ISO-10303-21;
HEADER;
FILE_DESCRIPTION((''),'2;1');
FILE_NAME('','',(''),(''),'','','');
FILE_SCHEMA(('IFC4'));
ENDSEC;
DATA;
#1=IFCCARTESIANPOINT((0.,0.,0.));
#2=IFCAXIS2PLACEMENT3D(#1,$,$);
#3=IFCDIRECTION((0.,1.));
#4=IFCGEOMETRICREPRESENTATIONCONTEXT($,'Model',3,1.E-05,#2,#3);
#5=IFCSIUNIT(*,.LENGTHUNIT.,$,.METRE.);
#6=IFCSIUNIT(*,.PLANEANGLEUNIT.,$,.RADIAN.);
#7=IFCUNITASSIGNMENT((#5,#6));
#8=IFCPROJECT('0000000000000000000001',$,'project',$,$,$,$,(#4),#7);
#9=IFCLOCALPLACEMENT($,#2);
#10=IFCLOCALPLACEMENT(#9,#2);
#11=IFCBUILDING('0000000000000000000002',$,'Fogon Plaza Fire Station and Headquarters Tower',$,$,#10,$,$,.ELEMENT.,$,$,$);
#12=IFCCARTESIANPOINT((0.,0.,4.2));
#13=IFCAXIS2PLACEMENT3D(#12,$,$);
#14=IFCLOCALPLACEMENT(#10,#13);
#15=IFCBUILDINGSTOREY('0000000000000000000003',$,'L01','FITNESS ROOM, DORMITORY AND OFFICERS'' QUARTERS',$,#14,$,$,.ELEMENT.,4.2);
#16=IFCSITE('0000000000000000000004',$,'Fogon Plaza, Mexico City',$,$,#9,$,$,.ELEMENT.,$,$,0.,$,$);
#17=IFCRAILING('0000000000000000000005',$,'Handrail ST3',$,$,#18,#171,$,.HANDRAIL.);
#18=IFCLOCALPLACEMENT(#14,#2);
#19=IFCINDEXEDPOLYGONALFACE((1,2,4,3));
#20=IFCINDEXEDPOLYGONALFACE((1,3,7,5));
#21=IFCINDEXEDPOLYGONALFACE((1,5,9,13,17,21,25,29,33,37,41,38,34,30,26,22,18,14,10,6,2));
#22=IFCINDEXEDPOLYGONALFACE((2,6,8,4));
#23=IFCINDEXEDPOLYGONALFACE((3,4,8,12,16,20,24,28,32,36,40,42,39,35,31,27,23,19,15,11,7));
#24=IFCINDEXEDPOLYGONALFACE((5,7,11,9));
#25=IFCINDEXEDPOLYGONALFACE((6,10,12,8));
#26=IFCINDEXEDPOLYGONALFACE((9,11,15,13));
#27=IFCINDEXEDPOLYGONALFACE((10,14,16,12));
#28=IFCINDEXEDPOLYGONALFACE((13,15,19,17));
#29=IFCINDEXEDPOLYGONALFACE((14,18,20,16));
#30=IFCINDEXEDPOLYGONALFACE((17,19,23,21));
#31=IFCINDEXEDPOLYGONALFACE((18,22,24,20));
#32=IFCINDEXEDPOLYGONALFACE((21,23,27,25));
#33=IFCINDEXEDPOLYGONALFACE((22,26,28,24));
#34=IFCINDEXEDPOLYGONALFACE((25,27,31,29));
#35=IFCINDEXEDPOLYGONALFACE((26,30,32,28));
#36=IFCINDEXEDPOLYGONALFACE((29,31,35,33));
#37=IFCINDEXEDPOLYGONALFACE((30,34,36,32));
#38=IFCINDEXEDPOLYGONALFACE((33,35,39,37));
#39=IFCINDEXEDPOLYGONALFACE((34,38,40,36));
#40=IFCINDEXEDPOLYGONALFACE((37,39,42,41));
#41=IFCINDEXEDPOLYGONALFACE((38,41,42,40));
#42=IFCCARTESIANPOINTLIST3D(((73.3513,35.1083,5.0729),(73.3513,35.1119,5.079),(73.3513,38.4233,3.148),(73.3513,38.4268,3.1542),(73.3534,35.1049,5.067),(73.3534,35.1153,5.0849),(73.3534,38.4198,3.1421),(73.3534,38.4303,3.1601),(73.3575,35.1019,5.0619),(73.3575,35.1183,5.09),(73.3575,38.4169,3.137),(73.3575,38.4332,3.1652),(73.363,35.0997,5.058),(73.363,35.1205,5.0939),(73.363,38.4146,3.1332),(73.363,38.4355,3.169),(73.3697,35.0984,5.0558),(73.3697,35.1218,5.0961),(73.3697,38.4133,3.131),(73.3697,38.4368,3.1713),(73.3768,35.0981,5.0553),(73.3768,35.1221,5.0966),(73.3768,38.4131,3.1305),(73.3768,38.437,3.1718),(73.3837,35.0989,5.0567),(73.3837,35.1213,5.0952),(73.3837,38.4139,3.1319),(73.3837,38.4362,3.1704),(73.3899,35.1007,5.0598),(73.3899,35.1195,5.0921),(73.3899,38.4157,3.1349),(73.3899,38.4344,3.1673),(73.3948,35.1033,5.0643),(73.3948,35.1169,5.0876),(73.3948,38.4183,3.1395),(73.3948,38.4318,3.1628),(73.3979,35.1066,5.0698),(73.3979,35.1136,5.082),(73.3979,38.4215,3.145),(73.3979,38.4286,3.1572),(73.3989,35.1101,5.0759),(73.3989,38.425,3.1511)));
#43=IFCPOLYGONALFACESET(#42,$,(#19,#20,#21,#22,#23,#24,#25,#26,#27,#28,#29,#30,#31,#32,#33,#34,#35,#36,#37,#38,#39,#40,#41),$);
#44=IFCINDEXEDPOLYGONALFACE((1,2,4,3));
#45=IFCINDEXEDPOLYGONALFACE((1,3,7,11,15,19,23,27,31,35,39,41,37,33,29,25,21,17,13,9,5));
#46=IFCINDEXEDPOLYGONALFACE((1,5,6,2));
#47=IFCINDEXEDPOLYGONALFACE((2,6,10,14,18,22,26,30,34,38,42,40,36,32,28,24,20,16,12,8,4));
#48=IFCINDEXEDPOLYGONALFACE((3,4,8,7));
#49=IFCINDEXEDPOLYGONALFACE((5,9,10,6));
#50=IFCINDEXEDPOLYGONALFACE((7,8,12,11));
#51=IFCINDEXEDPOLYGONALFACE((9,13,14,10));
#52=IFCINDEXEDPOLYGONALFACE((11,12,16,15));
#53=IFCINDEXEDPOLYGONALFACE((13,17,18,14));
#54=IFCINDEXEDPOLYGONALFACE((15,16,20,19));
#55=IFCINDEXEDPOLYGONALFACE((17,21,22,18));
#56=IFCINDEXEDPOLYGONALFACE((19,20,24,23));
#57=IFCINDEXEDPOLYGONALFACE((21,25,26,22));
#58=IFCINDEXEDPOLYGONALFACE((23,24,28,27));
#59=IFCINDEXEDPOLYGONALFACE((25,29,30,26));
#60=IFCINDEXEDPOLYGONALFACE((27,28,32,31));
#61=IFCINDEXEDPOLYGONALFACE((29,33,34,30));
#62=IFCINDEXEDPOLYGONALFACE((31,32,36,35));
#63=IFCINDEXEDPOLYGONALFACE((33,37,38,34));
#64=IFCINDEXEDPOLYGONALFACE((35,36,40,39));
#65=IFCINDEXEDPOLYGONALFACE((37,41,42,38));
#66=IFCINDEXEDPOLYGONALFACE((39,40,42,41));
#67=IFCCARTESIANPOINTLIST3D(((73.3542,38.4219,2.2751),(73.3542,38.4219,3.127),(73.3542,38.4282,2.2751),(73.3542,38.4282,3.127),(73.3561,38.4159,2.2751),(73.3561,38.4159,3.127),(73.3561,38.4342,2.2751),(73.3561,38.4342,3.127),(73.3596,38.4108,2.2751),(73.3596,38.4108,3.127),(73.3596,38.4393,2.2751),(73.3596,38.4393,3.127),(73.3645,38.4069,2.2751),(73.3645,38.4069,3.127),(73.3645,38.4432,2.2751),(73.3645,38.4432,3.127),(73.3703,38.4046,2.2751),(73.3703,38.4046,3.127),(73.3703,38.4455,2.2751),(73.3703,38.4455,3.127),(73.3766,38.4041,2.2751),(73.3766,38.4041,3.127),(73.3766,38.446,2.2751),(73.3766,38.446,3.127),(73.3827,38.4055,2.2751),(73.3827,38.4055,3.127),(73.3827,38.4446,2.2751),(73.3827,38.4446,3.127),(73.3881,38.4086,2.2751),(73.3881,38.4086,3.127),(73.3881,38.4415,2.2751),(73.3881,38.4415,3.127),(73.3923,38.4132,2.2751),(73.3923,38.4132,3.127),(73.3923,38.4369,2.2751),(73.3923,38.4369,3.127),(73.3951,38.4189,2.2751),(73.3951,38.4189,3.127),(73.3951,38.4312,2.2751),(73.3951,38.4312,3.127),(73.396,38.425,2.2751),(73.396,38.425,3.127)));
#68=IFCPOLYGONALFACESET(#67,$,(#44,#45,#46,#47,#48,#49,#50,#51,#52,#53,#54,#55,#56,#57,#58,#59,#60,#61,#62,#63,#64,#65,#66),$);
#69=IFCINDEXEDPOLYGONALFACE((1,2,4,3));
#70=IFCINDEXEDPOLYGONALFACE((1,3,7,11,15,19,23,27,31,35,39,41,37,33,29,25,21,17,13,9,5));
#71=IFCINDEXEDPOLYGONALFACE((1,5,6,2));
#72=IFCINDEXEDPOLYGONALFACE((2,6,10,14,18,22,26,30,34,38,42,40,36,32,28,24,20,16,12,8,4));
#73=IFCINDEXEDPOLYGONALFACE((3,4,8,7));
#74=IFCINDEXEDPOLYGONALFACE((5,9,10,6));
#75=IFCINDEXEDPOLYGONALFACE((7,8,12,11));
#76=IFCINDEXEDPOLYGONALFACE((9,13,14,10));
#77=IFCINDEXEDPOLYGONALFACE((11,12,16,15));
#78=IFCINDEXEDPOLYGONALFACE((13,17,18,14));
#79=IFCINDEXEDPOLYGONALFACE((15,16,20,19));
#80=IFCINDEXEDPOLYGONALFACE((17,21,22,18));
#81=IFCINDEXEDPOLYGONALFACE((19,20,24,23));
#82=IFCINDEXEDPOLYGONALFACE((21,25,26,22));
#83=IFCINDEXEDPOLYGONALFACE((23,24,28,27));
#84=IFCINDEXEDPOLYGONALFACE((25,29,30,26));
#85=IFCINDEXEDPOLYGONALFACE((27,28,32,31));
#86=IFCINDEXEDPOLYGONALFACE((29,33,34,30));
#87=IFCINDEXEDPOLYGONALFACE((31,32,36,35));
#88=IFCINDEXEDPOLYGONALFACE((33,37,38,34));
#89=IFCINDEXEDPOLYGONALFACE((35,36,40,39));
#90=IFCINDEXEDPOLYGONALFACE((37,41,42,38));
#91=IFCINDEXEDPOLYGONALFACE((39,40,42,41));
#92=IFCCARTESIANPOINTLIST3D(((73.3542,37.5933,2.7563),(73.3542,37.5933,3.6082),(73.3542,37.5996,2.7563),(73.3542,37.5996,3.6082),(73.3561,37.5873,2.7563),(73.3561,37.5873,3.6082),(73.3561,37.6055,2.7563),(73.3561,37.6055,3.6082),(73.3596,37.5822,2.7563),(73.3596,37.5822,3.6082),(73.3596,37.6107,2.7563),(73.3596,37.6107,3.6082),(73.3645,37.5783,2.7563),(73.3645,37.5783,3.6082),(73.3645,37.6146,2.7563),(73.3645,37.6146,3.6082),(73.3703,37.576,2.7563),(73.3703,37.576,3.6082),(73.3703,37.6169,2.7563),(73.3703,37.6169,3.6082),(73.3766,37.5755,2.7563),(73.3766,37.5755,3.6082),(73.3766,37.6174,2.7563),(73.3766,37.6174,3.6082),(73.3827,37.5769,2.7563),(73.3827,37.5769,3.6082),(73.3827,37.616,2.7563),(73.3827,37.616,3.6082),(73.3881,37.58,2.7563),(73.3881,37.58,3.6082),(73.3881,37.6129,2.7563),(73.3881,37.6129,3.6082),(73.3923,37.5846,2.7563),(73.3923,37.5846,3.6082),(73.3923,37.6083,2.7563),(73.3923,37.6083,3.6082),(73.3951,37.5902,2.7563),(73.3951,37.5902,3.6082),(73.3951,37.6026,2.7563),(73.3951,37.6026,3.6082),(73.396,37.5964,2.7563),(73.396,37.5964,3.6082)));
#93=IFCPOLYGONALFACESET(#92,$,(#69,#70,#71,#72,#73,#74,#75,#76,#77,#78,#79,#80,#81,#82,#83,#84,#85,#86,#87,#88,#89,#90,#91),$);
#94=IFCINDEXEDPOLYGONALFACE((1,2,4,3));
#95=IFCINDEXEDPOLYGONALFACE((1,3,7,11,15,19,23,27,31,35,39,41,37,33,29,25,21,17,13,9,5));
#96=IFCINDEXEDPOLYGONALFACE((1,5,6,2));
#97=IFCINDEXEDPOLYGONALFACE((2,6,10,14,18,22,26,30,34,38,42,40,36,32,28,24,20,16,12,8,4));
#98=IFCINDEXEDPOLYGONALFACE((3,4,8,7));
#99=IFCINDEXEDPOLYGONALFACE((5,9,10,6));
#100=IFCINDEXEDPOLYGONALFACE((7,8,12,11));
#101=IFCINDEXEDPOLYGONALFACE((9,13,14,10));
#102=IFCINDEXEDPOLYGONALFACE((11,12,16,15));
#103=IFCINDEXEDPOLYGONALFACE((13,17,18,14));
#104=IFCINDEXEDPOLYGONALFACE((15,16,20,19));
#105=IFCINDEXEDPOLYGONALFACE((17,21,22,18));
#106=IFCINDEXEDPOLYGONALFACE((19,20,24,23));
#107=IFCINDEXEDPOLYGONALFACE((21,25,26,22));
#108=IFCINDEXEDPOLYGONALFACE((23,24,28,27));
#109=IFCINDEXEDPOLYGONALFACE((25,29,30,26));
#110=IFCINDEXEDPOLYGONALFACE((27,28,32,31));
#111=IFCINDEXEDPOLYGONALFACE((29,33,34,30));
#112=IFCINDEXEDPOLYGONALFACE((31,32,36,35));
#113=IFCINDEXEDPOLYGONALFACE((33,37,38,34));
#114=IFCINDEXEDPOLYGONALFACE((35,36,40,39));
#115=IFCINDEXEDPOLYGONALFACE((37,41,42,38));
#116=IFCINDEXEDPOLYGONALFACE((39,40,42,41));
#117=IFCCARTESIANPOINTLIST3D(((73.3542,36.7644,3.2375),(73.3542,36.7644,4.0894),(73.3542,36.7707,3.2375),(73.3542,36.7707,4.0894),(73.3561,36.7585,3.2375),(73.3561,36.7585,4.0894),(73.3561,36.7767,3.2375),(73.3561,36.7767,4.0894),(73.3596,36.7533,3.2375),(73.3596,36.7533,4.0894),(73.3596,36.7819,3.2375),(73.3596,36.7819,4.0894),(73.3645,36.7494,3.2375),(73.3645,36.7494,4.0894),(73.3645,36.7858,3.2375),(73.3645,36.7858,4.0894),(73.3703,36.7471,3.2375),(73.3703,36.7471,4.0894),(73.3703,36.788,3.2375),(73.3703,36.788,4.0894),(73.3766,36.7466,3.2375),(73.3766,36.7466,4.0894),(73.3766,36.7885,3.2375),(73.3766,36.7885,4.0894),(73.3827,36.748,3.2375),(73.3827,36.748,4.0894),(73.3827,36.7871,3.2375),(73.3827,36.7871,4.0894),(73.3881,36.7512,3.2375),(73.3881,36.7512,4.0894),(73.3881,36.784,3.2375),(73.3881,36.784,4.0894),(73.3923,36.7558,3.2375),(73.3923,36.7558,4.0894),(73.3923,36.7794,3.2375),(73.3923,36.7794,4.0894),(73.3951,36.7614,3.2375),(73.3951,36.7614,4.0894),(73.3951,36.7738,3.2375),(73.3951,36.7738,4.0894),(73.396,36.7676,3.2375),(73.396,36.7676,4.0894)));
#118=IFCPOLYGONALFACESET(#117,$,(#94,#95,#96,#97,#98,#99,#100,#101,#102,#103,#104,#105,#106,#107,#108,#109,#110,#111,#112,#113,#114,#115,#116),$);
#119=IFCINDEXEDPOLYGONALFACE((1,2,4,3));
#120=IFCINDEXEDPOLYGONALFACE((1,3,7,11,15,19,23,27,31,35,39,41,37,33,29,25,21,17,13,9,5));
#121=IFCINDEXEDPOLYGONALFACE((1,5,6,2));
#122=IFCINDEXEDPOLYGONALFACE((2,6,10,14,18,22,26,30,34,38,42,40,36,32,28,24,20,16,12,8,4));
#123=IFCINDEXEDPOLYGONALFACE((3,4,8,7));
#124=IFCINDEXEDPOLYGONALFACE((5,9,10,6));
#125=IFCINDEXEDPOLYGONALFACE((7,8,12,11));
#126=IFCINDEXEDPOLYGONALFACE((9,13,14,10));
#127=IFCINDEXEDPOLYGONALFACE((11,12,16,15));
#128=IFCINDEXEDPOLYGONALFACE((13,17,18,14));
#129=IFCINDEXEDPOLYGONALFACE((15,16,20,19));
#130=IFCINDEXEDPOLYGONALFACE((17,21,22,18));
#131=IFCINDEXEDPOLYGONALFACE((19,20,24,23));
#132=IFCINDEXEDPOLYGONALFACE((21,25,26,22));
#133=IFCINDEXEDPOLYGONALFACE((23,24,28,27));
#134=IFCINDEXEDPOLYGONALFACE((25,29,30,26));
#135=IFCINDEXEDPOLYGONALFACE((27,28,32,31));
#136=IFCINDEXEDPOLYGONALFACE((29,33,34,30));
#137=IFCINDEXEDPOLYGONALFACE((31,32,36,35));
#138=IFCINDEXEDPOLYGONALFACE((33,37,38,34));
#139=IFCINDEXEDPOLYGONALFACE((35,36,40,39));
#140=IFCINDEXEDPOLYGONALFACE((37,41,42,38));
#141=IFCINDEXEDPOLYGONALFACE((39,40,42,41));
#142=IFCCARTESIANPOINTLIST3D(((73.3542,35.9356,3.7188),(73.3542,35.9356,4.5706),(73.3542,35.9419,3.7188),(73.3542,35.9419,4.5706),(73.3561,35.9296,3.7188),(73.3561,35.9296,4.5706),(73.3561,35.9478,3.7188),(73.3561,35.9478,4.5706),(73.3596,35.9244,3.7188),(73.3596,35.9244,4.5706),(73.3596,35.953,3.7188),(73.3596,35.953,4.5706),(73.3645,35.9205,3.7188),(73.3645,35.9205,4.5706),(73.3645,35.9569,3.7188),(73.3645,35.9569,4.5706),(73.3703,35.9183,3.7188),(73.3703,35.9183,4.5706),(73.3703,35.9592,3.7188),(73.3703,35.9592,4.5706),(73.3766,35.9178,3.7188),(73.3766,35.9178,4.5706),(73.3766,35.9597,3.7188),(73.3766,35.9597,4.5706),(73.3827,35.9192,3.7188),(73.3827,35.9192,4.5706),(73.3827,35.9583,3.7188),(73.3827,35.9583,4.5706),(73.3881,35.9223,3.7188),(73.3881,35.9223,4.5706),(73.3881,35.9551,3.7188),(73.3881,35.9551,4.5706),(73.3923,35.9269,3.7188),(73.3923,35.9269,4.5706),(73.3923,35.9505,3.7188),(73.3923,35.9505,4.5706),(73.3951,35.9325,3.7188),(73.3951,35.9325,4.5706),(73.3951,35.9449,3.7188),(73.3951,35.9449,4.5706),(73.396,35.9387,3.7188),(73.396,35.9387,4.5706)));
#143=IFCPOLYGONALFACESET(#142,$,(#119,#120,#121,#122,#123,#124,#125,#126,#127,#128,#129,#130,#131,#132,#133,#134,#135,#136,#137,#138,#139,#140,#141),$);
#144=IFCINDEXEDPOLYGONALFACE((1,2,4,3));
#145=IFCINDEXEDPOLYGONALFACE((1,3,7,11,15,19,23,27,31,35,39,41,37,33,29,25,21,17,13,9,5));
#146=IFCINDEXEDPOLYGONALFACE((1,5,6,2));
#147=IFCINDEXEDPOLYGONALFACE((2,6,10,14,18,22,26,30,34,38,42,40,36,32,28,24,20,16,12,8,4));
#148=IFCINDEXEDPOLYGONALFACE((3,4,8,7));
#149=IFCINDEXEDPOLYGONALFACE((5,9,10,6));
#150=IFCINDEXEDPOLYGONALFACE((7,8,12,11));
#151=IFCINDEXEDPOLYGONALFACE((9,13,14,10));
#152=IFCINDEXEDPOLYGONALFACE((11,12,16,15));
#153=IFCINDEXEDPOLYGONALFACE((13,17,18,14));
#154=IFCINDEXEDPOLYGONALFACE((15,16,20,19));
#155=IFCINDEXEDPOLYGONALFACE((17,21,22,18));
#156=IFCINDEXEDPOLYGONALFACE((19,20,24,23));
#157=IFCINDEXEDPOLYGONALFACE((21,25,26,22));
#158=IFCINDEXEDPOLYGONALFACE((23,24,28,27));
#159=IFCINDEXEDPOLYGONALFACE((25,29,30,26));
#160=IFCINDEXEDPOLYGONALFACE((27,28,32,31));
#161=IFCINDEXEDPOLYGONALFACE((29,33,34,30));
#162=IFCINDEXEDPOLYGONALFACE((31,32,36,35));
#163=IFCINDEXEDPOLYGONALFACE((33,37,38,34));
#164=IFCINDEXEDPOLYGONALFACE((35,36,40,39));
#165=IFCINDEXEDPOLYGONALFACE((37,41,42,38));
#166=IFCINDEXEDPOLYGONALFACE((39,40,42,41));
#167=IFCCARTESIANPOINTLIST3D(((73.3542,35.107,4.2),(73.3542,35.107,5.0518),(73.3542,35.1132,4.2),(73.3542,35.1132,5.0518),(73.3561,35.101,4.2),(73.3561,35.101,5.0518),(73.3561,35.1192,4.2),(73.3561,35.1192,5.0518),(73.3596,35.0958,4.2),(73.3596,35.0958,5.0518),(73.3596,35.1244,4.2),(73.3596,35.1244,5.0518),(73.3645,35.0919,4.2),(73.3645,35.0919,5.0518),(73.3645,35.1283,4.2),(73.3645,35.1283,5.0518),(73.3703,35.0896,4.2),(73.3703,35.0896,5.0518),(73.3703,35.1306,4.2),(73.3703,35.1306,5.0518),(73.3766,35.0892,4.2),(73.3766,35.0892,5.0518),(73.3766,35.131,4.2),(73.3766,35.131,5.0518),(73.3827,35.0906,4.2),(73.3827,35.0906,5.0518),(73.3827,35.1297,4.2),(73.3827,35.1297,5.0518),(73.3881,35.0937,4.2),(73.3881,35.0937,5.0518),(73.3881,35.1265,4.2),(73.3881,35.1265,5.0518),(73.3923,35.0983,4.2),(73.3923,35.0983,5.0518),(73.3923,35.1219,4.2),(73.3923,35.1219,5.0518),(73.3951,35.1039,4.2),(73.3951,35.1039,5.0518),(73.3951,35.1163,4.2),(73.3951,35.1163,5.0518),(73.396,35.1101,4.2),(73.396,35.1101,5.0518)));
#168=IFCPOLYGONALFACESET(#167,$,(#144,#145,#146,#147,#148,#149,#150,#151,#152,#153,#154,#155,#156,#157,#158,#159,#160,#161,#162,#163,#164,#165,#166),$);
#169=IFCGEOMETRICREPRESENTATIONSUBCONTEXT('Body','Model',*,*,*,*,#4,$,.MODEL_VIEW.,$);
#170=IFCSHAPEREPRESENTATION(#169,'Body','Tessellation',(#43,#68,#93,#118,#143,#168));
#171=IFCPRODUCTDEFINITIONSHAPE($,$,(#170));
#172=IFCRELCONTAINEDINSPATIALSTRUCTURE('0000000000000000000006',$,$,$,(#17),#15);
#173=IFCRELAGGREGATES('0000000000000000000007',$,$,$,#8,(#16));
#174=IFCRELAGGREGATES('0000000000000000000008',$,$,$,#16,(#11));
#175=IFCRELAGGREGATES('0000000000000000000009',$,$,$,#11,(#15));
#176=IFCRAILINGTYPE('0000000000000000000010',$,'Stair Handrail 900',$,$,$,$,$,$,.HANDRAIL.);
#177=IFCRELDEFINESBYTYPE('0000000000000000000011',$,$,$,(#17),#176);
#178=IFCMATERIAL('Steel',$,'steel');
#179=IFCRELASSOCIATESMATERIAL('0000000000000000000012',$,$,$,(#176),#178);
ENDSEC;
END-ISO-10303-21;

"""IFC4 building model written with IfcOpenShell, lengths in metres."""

from ifc_helpers import new_model, si_unit, direction, frame, origin, origin_2d, place, context, subcontext, project, spatial, circle, extrude, material, type_object, element, save


model = new_model("IFC4")

# Units and contexts
model_context = context("Model", 3, precision=1e-05, world=origin(), true_north=direction((0.0, 1.0)))
body_context = subcontext(model_context, "Body", "Model", "MODEL_VIEW")
ifc_project = project(units=[si_unit("LENGTHUNIT", "METRE"), si_unit("PLANEANGLEUNIT", "RADIAN")], contexts=[model_context])

# Site, building, storey
site_placement = place(None, origin())
site = spatial("IfcSite", under=ifc_project, at=site_placement, Name="Fogon Plaza, Mexico City", CompositionType="ELEMENT", RefElevation=0.0)
building_placement = place(site_placement, origin())
building = spatial("IfcBuilding", under=site, at=building_placement, Name="Fogon Plaza Fire Station and Headquarters Tower", CompositionType="ELEMENT")
storey_placement = place(building_placement, frame((0.0, 0.0, 4.2)))
storey = spatial("IfcBuildingStorey", under=building, at=storey_placement, Name="L01", Description="FITNESS ROOM, DORMITORY AND OFFICERS' QUARTERS", CompositionType="ELEMENT", Elevation=4.2)

# Railing
ifc_material_1 = material(Name="Steel", Category="steel")
railing_type = type_object("IfcRailingType", Name="Stair Handrail 900", PredefinedType="HANDRAIL", material=ifc_material_1)
for number, where, name in (
    (1, (73.375, 38.425, 2.2751), "Handrail ST3"),
):
    element("IfcRailing", number, at=place(storey_placement, frame(where)), inside=storey, type_object=railing_type, Name=name, PredefinedType="HANDRAIL", context=body_context, shape_type="SweptSolid", body=[
        extrude(circle(Radius=0.0239, at=origin_2d()), frame((0.0, 0.0, 0.876), z_axis=(0.0, -0.864789, 0.502136), x_axis=(1.0, 0.0, 0.0)), (0.0, 0.0, 1.0), 3.8333),
        extrude(circle(Radius=0.021, at=origin_2d()), origin(), (0.0, 0.0, 1.0), 0.8518),
        extrude(circle(Radius=0.021, at=origin_2d()), frame((0.0, -0.8286, 0.4812)), (0.0, 0.0, 1.0), 0.8518),
        extrude(circle(Radius=0.021, at=origin_2d()), frame((0.0, -1.6575, 0.9624)), (0.0, 0.0, 1.0), 0.8518),
        extrude(circle(Radius=0.021, at=origin_2d()), frame((0.0, -2.4863, 1.4436)), (0.0, 0.0, 1.0), 0.8518),
        extrude(circle(Radius=0.021, at=origin_2d()), frame((0.0, -3.3149, 1.9248)), (0.0, 0.0, 1.0), 0.8518),
    ])

save(model, "model.ifc")
